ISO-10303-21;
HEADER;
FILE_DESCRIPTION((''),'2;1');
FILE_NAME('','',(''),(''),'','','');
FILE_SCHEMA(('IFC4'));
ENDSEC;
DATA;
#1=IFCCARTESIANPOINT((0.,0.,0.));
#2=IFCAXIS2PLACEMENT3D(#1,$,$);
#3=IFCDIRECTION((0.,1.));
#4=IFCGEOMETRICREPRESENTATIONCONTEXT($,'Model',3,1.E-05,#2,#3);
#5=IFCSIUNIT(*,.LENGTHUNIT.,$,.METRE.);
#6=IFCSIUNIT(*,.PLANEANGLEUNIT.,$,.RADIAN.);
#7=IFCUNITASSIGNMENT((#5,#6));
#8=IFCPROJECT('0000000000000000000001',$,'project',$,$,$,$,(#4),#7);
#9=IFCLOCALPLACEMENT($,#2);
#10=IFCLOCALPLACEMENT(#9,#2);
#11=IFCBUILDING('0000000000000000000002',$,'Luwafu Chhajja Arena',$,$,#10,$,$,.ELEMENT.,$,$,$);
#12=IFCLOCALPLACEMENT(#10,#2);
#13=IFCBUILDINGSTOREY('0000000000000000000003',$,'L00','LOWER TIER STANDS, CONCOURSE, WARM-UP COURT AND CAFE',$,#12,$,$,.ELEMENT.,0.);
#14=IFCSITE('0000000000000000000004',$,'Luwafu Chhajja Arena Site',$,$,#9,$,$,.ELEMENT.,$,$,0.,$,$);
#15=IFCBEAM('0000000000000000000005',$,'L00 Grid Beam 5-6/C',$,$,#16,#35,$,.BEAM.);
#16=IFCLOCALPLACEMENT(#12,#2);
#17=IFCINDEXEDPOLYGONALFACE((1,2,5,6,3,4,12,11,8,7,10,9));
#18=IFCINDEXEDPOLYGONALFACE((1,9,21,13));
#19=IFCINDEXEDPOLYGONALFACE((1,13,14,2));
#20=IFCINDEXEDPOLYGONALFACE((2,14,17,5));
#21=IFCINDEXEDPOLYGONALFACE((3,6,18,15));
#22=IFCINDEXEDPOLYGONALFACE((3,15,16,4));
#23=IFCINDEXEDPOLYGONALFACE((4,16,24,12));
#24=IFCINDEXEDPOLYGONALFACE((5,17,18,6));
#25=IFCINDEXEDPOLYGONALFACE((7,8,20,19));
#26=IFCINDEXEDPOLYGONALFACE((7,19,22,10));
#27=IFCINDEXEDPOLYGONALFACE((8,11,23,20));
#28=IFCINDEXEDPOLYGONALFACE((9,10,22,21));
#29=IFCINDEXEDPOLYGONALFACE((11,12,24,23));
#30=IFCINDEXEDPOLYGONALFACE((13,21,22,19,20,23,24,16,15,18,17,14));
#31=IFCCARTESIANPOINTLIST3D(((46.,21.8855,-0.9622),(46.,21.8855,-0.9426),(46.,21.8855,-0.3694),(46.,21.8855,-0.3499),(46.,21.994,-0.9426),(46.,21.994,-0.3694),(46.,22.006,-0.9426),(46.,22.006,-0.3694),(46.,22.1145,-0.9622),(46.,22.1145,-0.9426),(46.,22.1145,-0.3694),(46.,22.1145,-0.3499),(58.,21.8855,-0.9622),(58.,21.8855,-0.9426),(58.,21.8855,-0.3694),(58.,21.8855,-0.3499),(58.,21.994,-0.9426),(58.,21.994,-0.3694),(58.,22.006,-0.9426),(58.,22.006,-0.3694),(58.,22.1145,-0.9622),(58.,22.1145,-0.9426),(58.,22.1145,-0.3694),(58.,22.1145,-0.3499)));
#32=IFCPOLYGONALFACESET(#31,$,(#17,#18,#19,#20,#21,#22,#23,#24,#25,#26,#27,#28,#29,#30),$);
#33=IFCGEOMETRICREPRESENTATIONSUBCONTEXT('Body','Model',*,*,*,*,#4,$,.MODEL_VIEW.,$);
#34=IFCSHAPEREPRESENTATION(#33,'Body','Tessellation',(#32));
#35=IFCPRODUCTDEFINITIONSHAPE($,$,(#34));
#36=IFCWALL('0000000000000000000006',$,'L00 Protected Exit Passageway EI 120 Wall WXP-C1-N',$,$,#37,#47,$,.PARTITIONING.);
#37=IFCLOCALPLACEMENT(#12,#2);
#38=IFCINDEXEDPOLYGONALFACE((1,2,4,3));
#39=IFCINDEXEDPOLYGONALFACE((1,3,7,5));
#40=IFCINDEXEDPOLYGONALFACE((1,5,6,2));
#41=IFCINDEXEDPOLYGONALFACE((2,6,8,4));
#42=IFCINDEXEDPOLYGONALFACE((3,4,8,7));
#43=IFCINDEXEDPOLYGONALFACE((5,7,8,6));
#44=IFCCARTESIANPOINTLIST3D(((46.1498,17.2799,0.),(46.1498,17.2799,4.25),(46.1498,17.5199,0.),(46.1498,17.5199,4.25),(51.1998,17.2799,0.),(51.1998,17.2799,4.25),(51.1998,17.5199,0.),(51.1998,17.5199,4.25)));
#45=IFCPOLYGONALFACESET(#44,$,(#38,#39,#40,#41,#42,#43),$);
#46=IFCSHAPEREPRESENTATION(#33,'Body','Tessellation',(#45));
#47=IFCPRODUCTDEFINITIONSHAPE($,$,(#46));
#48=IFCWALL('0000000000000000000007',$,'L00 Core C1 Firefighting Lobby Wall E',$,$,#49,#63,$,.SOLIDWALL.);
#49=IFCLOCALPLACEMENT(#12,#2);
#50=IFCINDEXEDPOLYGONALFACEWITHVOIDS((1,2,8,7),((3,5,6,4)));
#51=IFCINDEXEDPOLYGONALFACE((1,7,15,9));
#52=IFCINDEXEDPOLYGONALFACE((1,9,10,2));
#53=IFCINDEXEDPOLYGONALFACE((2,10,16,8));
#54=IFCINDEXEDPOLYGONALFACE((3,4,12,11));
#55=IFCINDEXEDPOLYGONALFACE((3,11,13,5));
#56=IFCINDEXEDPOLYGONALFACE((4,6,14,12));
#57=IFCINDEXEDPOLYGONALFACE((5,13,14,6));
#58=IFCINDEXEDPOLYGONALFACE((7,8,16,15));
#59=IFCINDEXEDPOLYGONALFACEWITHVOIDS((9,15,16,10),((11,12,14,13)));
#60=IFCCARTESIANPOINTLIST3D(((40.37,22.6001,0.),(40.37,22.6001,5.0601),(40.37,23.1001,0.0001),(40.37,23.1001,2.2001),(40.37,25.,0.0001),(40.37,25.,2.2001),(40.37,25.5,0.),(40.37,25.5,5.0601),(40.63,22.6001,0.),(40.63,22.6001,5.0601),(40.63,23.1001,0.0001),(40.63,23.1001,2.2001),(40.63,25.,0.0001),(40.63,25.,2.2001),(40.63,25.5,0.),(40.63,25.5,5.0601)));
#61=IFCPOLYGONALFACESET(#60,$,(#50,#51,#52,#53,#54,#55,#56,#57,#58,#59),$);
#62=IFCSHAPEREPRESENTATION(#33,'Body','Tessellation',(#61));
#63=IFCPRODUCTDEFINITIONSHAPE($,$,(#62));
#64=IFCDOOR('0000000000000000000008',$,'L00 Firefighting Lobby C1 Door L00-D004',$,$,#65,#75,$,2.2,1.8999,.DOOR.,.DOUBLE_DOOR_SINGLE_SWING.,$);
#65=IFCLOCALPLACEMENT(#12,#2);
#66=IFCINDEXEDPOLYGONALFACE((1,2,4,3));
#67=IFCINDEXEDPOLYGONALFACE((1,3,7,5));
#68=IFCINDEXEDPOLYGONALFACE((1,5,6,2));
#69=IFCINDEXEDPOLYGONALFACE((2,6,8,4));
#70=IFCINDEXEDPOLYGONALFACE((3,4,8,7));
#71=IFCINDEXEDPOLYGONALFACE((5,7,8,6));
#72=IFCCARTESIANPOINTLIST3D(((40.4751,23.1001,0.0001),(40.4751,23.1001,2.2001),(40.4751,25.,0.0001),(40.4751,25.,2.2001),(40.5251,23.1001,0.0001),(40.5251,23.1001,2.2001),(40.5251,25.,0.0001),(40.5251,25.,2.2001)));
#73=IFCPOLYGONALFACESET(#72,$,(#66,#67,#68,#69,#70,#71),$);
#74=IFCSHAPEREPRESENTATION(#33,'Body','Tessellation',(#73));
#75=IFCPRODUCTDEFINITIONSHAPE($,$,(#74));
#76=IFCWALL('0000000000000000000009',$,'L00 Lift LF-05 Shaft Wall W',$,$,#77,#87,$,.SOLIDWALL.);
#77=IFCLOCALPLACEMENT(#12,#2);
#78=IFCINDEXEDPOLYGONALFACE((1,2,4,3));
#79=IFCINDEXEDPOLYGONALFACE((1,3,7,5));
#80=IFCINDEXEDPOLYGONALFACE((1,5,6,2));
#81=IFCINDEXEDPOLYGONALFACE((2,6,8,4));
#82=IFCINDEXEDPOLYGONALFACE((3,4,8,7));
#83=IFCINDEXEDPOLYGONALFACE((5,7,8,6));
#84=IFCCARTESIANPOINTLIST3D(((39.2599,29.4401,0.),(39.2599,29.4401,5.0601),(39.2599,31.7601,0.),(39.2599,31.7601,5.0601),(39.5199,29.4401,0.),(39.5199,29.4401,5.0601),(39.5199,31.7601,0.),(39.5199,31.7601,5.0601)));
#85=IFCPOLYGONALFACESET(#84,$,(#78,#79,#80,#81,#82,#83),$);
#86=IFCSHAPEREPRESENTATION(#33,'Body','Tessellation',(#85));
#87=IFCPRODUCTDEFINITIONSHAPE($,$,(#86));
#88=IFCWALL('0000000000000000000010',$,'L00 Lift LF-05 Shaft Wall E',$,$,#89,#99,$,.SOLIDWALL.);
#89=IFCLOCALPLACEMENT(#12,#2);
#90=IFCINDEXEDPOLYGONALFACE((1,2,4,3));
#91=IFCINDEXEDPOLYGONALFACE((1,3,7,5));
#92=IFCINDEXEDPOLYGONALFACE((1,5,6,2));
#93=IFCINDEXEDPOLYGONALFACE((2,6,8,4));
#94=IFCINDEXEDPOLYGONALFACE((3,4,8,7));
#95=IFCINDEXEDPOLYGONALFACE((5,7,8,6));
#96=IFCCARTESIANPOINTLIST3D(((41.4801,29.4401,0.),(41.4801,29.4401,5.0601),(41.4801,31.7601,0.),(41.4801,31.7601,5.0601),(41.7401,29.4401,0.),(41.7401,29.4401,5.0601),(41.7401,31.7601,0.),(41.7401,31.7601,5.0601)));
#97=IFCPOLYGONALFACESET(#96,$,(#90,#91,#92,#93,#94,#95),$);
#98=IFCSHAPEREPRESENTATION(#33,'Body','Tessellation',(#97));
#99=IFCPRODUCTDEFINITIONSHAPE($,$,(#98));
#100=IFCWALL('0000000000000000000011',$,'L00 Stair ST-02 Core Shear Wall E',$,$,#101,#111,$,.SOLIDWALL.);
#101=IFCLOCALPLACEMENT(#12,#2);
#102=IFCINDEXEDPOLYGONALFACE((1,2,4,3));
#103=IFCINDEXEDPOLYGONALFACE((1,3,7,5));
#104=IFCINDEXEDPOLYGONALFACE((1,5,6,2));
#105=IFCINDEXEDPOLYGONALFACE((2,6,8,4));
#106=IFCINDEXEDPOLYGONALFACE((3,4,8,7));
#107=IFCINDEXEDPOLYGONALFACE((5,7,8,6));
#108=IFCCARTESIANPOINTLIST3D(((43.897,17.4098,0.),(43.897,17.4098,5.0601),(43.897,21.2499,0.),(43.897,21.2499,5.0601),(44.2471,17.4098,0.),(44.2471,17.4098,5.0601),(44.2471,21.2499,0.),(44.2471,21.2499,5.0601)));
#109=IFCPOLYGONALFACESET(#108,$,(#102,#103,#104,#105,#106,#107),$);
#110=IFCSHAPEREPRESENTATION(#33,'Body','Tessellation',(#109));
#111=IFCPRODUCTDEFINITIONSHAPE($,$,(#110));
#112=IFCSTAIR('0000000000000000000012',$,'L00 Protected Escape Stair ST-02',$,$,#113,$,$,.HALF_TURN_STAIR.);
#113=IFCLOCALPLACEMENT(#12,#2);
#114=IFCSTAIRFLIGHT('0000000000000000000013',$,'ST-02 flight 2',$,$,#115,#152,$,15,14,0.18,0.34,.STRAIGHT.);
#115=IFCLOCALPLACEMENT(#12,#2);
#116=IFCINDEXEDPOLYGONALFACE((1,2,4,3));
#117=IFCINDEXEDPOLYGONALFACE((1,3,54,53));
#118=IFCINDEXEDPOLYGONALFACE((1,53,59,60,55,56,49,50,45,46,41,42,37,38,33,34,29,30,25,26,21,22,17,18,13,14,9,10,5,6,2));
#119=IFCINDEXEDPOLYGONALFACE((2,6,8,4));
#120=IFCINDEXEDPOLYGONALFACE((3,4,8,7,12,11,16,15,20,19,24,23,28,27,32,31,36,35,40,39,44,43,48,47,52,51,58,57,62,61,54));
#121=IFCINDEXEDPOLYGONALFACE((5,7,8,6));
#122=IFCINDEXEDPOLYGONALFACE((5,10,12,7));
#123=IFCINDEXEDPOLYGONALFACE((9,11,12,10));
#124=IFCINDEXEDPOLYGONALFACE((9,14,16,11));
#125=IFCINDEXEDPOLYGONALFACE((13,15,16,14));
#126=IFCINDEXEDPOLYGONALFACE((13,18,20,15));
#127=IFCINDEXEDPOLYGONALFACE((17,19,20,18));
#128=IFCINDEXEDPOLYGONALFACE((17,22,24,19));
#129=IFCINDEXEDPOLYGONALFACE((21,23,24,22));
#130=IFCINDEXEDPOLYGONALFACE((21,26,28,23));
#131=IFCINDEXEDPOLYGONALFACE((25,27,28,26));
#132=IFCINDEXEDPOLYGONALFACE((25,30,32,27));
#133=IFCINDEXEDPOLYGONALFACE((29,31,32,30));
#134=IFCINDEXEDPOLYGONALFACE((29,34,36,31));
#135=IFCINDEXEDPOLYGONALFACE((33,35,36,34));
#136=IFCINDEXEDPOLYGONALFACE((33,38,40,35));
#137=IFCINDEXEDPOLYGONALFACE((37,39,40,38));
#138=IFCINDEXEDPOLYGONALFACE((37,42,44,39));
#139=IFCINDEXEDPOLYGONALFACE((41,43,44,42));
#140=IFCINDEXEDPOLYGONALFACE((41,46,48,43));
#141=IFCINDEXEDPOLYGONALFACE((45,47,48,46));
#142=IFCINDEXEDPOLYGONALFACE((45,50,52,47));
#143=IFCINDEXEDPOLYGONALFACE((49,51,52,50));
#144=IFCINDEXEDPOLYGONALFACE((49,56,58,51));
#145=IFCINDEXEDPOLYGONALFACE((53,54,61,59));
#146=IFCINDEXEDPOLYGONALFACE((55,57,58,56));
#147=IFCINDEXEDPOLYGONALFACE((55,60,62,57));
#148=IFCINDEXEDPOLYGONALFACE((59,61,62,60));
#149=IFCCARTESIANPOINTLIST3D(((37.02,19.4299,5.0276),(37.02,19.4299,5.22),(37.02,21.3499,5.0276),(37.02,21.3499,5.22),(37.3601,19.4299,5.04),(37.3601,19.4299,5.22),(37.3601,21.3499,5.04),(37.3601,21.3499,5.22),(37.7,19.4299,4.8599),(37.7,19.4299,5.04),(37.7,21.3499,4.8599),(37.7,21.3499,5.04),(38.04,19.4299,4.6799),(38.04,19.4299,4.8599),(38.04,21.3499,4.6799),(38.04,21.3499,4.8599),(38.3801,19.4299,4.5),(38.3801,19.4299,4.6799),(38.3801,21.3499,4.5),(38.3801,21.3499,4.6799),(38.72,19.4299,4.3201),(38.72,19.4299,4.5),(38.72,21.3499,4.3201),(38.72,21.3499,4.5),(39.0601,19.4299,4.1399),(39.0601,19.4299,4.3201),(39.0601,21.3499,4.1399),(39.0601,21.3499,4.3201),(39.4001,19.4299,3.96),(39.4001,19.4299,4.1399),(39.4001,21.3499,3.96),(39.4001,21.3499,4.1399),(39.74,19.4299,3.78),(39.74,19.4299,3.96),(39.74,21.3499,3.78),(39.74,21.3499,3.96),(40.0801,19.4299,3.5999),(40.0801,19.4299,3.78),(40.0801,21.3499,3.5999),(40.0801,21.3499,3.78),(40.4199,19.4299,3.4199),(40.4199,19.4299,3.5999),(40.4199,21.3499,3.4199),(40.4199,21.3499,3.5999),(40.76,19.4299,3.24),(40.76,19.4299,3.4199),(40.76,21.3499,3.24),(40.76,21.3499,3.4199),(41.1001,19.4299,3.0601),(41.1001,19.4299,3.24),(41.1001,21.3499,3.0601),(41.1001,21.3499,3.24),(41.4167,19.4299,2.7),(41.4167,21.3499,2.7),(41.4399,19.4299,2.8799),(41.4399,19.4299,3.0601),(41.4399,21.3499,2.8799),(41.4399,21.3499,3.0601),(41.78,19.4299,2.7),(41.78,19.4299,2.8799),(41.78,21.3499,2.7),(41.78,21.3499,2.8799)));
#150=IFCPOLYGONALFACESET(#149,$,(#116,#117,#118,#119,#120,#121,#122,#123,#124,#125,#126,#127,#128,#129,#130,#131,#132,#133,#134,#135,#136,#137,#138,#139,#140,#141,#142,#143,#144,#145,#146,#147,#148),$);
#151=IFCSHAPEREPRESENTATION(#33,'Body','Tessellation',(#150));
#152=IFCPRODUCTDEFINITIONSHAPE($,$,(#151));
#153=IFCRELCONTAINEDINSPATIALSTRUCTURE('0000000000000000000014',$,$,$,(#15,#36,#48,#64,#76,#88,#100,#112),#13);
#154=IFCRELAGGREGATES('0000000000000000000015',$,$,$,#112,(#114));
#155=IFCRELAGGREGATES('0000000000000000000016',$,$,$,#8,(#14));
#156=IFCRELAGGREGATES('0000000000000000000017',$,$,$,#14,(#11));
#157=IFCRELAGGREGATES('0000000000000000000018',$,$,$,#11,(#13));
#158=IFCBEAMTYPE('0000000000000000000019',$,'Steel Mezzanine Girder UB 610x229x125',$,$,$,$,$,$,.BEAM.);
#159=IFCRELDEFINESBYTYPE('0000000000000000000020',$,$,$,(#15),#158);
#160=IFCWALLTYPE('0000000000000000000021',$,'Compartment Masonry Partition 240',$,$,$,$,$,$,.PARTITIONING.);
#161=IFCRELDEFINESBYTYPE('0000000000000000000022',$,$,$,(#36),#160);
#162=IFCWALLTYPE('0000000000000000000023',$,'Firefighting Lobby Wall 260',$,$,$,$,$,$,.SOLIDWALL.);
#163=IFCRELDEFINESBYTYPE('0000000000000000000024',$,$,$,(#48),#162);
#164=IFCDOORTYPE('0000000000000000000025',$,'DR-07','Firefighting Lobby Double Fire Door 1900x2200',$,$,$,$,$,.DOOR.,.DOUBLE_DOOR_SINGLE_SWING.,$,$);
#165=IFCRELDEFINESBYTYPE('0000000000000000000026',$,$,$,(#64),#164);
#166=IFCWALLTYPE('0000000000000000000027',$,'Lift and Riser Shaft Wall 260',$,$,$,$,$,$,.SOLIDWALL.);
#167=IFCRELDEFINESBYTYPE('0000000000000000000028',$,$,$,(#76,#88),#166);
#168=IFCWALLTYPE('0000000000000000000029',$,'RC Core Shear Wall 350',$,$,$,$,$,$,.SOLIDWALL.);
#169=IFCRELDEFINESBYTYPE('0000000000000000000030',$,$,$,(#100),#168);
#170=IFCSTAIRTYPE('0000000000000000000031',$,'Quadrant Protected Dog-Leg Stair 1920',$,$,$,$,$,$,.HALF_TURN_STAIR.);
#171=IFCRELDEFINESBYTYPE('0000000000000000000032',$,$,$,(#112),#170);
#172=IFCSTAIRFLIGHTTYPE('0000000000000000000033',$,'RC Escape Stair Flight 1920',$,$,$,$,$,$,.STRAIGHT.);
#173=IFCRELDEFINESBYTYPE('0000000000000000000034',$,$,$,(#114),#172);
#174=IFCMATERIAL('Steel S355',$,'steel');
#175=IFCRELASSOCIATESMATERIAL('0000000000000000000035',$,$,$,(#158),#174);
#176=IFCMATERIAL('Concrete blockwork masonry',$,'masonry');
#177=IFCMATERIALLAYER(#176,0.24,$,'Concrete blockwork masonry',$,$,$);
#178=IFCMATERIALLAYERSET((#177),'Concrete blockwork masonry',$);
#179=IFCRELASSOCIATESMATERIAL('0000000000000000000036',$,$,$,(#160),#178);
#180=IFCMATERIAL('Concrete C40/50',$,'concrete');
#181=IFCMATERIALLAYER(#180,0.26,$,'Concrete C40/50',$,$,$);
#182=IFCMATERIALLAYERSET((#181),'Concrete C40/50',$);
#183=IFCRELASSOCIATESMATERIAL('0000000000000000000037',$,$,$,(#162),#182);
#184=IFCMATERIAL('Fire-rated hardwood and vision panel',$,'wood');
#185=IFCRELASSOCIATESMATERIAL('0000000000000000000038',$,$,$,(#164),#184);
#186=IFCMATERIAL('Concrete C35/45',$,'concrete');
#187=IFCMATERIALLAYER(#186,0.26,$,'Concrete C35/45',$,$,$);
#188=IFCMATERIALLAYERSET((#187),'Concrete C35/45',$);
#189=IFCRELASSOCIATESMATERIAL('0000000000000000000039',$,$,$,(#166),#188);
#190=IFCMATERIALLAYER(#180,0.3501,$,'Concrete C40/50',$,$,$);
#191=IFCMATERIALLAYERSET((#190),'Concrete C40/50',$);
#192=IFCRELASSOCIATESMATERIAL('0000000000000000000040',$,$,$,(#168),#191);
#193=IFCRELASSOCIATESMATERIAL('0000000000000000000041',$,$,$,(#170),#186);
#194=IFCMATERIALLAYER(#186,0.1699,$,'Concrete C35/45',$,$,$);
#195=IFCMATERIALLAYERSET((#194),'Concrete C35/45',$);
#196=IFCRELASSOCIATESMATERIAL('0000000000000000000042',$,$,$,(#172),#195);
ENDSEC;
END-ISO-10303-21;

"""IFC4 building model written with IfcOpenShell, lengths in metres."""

from ifc_helpers import new_model, si_unit, direction, frame, frame_2d, origin, origin_2d, place, context, subcontext, project, spatial, polyline, rectangle, i_section, outline, extrude, material, layer, layer_set, material_profile, profile_set, type_object, element, fill, aggregate, save


model = new_model("IFC4")

# Units and contexts
model_context = context("Model", 3, precision=1e-05, world=origin(), true_north=direction((0.0, 1.0)))
body_context = subcontext(model_context, "Body", "Model", "MODEL_VIEW")
ifc_project = project(units=[si_unit("LENGTHUNIT", "METRE"), si_unit("PLANEANGLEUNIT", "RADIAN")], contexts=[model_context])

# Site, building, storey
site_placement = place(None, origin())
site = spatial("IfcSite", under=ifc_project, at=site_placement, Name="Luwafu Chhajja Arena Site", CompositionType="ELEMENT", RefElevation=0.0)
building_placement = place(site_placement, origin())
building = spatial("IfcBuilding", under=site, at=building_placement, Name="Luwafu Chhajja Arena", CompositionType="ELEMENT")
storey_placement = place(building_placement, origin())
storey = spatial("IfcBuildingStorey", under=building, at=storey_placement, Name="L00", Description="LOWER TIER STANDS, CONCOURSE, WARM-UP COURT AND CAFE", CompositionType="ELEMENT", Elevation=0.0)

# Shared definitions
ifc_material_1 = material(Name="Concrete C40/50", Category="concrete")
ifc_material_2 = material(Name="Concrete C35/45", Category="concrete")
ifc_material_3 = material(Name="Steel S355", Category="steel")

# Beam
ifc_material_profile_1 = material_profile(ifc_material_3, i_section(OverallWidth=0.229, OverallDepth=0.6123, WebThickness=0.012, FlangeThickness=0.0195, at=origin_2d()), Name="UB 610x229x125")
ifc_profile_set_1 = profile_set([ifc_material_profile_1], Name="Steel S355")
beam_type_1 = type_object("IfcBeamType", Name="Steel Mezzanine Girder UB 610x229x125", PredefinedType="BEAM", material=ifc_profile_set_1)
beam_1_placement = place(storey_placement, frame((46.0, 22.0, -0.656), z_axis=(1.0, 0.0, 0.0), x_axis=(0.0, 1.0, 0.0)))
element("IfcBeam", 1, at=beam_1_placement, inside=storey, type_object=beam_type_1, Name="L00 Grid Beam 5-6/C", PredefinedType="BEAM", context=body_context, shape_type="SweptSolid", body=[
    extrude(i_section(OverallWidth=0.229, OverallDepth=0.6123, WebThickness=0.012, FlangeThickness=0.0195, at=origin_2d()), origin(), (0.0, 0.0, 1.0), 12.0),
])

# Wall
ifc_material_4 = material(Name="Concrete blockwork masonry", Category="masonry")
ifc_layer_1 = layer(ifc_material_4, 0.24, Name="Concrete blockwork masonry")
ifc_layer_set_1 = layer_set([ifc_layer_1], Name="Concrete blockwork masonry")
wall_type_1 = type_object("IfcWallType", Name="Compartment Masonry Partition 240", PredefinedType="PARTITIONING", material=ifc_layer_set_1)
wall_1_placement = place(storey_placement, frame((46.1499, 17.3999, 0.0), z_axis=(0.0, 0.0, 1.0), x_axis=(1.0, 0.0, 0.0)))
element("IfcWall", 2, at=wall_1_placement, inside=storey, type_object=wall_type_1, Name="L00 Protected Exit Passageway EI 120 Wall WXP-C1-N", PredefinedType="PARTITIONING", context=body_context, shape_type="SweptSolid", body=[
    extrude(rectangle(XDim=5.05, YDim=0.24, at=frame_2d((2.5249, 0.0))), origin(), (0.0, 0.0, 1.0), 4.25),
])

# Wall, opening, door
ifc_layer_2 = layer(ifc_material_1, 0.26, Name="Concrete C40/50")
ifc_layer_set_2 = layer_set([ifc_layer_2], Name="Concrete C40/50")
wall_type_2 = type_object("IfcWallType", Name="Firefighting Lobby Wall 260", PredefinedType="SOLIDWALL", material=ifc_layer_set_2)
wall_2_placement = place(storey_placement, frame((40.5, 22.6001, 0.0), z_axis=(0.0, 0.0, 1.0), x_axis=(0.0, 1.0, 0.0)))
wall_2 = element("IfcWall", 3, at=wall_2_placement, inside=storey, type_object=wall_type_2, Name="L00 Core C1 Firefighting Lobby Wall E", PredefinedType="SOLIDWALL", context=body_context, shape_type="SweptSolid", body=[
    extrude(rectangle(XDim=2.8999, YDim=0.26, at=frame_2d((1.45, 0.0))), origin(), (0.0, 0.0, 1.0), 5.0601),
])
opening_1_placement = place(wall_2_placement, frame((0.5, 0.0, 0.0)))
opening_1 = element("IfcOpeningElement", 4, at=opening_1_placement, cuts=wall_2, PredefinedType="OPENING", context=body_context, shape_type="SweptSolid", body=[
    extrude(rectangle(XDim=1.8999, YDim=2.2, at=frame_2d((0.95, 1.1001))), frame((0.0, 0.1399, 0.0), z_axis=(0.0, -1.0, 0.0), x_axis=(1.0, 0.0, 0.0)), (0.0, 0.0, 1.0), 0.28),
])
ifc_material_5 = material(Name="Fire-rated hardwood and vision panel", Category="wood")
door_type_1 = type_object("IfcDoorType", Name="DR-07", Description="Firefighting Lobby Double Fire Door 1900x2200", OperationType="DOUBLE_DOOR_SINGLE_SWING", PredefinedType="DOOR", material=ifc_material_5)
door_1_placement = place(opening_1_placement, origin())
door_1 = element("IfcDoor", 5, at=door_1_placement, inside=storey, type_object=door_type_1, Name="L00 Firefighting Lobby C1 Door L00-D004", OperationType="DOUBLE_DOOR_SINGLE_SWING", OverallHeight=2.2, OverallWidth=1.8999, PredefinedType="DOOR", context=body_context, shape_type="SweptSolid", body=[
    extrude(rectangle(XDim=1.8999, YDim=2.2, at=frame_2d((0.95, 1.1001))), frame((0.0, 0.0249, 0.0), z_axis=(0.0, -1.0, 0.0), x_axis=(1.0, 0.0, 0.0)), (0.0, 0.0, 1.0), 0.05),
])
fill(opening_1, door_1)
ifc_layer_3 = layer(ifc_material_2, 0.26, Name="Concrete C35/45")
ifc_layer_set_3 = layer_set([ifc_layer_3], Name="Concrete C35/45")
wall_type_3 = type_object("IfcWallType", Name="Lift and Riser Shaft Wall 260", PredefinedType="SOLIDWALL", material=ifc_layer_set_3)

# Walls
for number, where, z_axis, x_axis, name in (
    (6, (39.3899, 29.4399, 0.0), (0.0, 0.0, 1.0), (0.0, 1.0, 0.0), "L00 Lift LF-05 Shaft Wall W"),
    (7, (41.6101, 29.4399, 0.0), (0.0, 0.0, 1.0), (0.0, 1.0, 0.0), "L00 Lift LF-05 Shaft Wall E"),
):
    element("IfcWall", number, at=place(storey_placement, frame(where, z_axis=z_axis, x_axis=x_axis)), inside=storey, type_object=wall_type_3, Name=name, PredefinedType="SOLIDWALL", context=body_context, shape_type="SweptSolid", body=[
        extrude(rectangle(XDim=2.3201, YDim=0.26, at=frame_2d((1.1602, 0.0))), origin(), (0.0, 0.0, 1.0), 5.0601),
    ])
ifc_layer_4 = layer(ifc_material_1, 0.3501, Name="Concrete C40/50")
ifc_layer_set_4 = layer_set([ifc_layer_4], Name="Concrete C40/50")
wall_type_4 = type_object("IfcWallType", Name="RC Core Shear Wall 350", PredefinedType="SOLIDWALL", material=ifc_layer_set_4)
wall_3_placement = place(storey_placement, frame((44.072, 17.4099, 0.0), z_axis=(0.0, 0.0, 1.0), x_axis=(0.0, 1.0, 0.0)))
element("IfcWall", 8, at=wall_3_placement, inside=storey, type_object=wall_type_4, Name="L00 Stair ST-02 Core Shear Wall E", PredefinedType="SOLIDWALL", context=body_context, shape_type="SweptSolid", body=[
    extrude(rectangle(XDim=3.8401, YDim=0.3501, at=frame_2d((1.9199, 0.0))), origin(), (0.0, 0.0, 1.0), 5.0601),
])

# Stair, stair flight
stair_type = type_object("IfcStairType", Name="Quadrant Protected Dog-Leg Stair 1920", PredefinedType="HALF_TURN_STAIR", material=ifc_material_2)
stair_placement = place(storey_placement, origin())
stair = element("IfcStair", 9, at=stair_placement, inside=storey, type_object=stair_type, Name="L00 Protected Escape Stair ST-02", PredefinedType="HALF_TURN_STAIR")
ifc_layer_5 = layer(ifc_material_2, 0.1699, Name="Concrete C35/45")
ifc_layer_set_5 = layer_set([ifc_layer_5], Name="Concrete C35/45")
stair_flight_type = type_object("IfcStairFlightType", Name="RC Escape Stair Flight 1920", PredefinedType="STRAIGHT", material=ifc_layer_set_5)
stair_flight_placement = place(storey_placement, frame((41.78, 20.3899, 2.7), z_axis=(0.0, 0.0, 1.0), x_axis=(-1.0, 0.0, 0.0)))
stair_flight = element("IfcStairFlight", 10, at=stair_flight_placement, type_object=stair_flight_type, Name="ST-02 flight 2", NumberOfRisers=15, NumberOfTreads=14, PredefinedType="STRAIGHT", RiserHeight=0.18, TreadLength=0.34, context=body_context, shape_type="SweptSolid", body=[
    extrude(outline(polyline([(0.0, 0.0), (0.0, 0.1799), (0.3401, 0.1799), (0.3401, 0.3601), (0.6799, 0.3601), (0.6799, 0.54), (1.02, 0.54), (1.02, 0.72), (1.3601, 0.72), (1.3601, 0.8999), (1.7, 0.8999), (1.7, 1.0801), (2.04, 1.0801), (2.04, 1.26), (2.3799, 1.26), (2.3799, 1.4399), (2.72, 1.4399), (2.72, 1.6201), (3.0601, 1.6201), (3.0601, 1.8), (3.3999, 1.8), (3.3999, 1.98), (3.74, 1.98), (3.74, 2.1599), (4.0801, 2.1599), (4.0801, 2.3401), (4.4199, 2.3401), (4.4199, 2.52), (4.76, 2.52), (4.76, 2.7), (4.76, 2.3276), (0.3633, 0.0), (0.0, 0.0)])), frame((0.0, 0.96, 0.0), z_axis=(0.0, -1.0, 0.0), x_axis=(1.0, 0.0, 0.0)), (0.0, 0.0, 1.0), 1.9199),
])
aggregate(stair, [stair_flight])

save(model, "model.ifc")
